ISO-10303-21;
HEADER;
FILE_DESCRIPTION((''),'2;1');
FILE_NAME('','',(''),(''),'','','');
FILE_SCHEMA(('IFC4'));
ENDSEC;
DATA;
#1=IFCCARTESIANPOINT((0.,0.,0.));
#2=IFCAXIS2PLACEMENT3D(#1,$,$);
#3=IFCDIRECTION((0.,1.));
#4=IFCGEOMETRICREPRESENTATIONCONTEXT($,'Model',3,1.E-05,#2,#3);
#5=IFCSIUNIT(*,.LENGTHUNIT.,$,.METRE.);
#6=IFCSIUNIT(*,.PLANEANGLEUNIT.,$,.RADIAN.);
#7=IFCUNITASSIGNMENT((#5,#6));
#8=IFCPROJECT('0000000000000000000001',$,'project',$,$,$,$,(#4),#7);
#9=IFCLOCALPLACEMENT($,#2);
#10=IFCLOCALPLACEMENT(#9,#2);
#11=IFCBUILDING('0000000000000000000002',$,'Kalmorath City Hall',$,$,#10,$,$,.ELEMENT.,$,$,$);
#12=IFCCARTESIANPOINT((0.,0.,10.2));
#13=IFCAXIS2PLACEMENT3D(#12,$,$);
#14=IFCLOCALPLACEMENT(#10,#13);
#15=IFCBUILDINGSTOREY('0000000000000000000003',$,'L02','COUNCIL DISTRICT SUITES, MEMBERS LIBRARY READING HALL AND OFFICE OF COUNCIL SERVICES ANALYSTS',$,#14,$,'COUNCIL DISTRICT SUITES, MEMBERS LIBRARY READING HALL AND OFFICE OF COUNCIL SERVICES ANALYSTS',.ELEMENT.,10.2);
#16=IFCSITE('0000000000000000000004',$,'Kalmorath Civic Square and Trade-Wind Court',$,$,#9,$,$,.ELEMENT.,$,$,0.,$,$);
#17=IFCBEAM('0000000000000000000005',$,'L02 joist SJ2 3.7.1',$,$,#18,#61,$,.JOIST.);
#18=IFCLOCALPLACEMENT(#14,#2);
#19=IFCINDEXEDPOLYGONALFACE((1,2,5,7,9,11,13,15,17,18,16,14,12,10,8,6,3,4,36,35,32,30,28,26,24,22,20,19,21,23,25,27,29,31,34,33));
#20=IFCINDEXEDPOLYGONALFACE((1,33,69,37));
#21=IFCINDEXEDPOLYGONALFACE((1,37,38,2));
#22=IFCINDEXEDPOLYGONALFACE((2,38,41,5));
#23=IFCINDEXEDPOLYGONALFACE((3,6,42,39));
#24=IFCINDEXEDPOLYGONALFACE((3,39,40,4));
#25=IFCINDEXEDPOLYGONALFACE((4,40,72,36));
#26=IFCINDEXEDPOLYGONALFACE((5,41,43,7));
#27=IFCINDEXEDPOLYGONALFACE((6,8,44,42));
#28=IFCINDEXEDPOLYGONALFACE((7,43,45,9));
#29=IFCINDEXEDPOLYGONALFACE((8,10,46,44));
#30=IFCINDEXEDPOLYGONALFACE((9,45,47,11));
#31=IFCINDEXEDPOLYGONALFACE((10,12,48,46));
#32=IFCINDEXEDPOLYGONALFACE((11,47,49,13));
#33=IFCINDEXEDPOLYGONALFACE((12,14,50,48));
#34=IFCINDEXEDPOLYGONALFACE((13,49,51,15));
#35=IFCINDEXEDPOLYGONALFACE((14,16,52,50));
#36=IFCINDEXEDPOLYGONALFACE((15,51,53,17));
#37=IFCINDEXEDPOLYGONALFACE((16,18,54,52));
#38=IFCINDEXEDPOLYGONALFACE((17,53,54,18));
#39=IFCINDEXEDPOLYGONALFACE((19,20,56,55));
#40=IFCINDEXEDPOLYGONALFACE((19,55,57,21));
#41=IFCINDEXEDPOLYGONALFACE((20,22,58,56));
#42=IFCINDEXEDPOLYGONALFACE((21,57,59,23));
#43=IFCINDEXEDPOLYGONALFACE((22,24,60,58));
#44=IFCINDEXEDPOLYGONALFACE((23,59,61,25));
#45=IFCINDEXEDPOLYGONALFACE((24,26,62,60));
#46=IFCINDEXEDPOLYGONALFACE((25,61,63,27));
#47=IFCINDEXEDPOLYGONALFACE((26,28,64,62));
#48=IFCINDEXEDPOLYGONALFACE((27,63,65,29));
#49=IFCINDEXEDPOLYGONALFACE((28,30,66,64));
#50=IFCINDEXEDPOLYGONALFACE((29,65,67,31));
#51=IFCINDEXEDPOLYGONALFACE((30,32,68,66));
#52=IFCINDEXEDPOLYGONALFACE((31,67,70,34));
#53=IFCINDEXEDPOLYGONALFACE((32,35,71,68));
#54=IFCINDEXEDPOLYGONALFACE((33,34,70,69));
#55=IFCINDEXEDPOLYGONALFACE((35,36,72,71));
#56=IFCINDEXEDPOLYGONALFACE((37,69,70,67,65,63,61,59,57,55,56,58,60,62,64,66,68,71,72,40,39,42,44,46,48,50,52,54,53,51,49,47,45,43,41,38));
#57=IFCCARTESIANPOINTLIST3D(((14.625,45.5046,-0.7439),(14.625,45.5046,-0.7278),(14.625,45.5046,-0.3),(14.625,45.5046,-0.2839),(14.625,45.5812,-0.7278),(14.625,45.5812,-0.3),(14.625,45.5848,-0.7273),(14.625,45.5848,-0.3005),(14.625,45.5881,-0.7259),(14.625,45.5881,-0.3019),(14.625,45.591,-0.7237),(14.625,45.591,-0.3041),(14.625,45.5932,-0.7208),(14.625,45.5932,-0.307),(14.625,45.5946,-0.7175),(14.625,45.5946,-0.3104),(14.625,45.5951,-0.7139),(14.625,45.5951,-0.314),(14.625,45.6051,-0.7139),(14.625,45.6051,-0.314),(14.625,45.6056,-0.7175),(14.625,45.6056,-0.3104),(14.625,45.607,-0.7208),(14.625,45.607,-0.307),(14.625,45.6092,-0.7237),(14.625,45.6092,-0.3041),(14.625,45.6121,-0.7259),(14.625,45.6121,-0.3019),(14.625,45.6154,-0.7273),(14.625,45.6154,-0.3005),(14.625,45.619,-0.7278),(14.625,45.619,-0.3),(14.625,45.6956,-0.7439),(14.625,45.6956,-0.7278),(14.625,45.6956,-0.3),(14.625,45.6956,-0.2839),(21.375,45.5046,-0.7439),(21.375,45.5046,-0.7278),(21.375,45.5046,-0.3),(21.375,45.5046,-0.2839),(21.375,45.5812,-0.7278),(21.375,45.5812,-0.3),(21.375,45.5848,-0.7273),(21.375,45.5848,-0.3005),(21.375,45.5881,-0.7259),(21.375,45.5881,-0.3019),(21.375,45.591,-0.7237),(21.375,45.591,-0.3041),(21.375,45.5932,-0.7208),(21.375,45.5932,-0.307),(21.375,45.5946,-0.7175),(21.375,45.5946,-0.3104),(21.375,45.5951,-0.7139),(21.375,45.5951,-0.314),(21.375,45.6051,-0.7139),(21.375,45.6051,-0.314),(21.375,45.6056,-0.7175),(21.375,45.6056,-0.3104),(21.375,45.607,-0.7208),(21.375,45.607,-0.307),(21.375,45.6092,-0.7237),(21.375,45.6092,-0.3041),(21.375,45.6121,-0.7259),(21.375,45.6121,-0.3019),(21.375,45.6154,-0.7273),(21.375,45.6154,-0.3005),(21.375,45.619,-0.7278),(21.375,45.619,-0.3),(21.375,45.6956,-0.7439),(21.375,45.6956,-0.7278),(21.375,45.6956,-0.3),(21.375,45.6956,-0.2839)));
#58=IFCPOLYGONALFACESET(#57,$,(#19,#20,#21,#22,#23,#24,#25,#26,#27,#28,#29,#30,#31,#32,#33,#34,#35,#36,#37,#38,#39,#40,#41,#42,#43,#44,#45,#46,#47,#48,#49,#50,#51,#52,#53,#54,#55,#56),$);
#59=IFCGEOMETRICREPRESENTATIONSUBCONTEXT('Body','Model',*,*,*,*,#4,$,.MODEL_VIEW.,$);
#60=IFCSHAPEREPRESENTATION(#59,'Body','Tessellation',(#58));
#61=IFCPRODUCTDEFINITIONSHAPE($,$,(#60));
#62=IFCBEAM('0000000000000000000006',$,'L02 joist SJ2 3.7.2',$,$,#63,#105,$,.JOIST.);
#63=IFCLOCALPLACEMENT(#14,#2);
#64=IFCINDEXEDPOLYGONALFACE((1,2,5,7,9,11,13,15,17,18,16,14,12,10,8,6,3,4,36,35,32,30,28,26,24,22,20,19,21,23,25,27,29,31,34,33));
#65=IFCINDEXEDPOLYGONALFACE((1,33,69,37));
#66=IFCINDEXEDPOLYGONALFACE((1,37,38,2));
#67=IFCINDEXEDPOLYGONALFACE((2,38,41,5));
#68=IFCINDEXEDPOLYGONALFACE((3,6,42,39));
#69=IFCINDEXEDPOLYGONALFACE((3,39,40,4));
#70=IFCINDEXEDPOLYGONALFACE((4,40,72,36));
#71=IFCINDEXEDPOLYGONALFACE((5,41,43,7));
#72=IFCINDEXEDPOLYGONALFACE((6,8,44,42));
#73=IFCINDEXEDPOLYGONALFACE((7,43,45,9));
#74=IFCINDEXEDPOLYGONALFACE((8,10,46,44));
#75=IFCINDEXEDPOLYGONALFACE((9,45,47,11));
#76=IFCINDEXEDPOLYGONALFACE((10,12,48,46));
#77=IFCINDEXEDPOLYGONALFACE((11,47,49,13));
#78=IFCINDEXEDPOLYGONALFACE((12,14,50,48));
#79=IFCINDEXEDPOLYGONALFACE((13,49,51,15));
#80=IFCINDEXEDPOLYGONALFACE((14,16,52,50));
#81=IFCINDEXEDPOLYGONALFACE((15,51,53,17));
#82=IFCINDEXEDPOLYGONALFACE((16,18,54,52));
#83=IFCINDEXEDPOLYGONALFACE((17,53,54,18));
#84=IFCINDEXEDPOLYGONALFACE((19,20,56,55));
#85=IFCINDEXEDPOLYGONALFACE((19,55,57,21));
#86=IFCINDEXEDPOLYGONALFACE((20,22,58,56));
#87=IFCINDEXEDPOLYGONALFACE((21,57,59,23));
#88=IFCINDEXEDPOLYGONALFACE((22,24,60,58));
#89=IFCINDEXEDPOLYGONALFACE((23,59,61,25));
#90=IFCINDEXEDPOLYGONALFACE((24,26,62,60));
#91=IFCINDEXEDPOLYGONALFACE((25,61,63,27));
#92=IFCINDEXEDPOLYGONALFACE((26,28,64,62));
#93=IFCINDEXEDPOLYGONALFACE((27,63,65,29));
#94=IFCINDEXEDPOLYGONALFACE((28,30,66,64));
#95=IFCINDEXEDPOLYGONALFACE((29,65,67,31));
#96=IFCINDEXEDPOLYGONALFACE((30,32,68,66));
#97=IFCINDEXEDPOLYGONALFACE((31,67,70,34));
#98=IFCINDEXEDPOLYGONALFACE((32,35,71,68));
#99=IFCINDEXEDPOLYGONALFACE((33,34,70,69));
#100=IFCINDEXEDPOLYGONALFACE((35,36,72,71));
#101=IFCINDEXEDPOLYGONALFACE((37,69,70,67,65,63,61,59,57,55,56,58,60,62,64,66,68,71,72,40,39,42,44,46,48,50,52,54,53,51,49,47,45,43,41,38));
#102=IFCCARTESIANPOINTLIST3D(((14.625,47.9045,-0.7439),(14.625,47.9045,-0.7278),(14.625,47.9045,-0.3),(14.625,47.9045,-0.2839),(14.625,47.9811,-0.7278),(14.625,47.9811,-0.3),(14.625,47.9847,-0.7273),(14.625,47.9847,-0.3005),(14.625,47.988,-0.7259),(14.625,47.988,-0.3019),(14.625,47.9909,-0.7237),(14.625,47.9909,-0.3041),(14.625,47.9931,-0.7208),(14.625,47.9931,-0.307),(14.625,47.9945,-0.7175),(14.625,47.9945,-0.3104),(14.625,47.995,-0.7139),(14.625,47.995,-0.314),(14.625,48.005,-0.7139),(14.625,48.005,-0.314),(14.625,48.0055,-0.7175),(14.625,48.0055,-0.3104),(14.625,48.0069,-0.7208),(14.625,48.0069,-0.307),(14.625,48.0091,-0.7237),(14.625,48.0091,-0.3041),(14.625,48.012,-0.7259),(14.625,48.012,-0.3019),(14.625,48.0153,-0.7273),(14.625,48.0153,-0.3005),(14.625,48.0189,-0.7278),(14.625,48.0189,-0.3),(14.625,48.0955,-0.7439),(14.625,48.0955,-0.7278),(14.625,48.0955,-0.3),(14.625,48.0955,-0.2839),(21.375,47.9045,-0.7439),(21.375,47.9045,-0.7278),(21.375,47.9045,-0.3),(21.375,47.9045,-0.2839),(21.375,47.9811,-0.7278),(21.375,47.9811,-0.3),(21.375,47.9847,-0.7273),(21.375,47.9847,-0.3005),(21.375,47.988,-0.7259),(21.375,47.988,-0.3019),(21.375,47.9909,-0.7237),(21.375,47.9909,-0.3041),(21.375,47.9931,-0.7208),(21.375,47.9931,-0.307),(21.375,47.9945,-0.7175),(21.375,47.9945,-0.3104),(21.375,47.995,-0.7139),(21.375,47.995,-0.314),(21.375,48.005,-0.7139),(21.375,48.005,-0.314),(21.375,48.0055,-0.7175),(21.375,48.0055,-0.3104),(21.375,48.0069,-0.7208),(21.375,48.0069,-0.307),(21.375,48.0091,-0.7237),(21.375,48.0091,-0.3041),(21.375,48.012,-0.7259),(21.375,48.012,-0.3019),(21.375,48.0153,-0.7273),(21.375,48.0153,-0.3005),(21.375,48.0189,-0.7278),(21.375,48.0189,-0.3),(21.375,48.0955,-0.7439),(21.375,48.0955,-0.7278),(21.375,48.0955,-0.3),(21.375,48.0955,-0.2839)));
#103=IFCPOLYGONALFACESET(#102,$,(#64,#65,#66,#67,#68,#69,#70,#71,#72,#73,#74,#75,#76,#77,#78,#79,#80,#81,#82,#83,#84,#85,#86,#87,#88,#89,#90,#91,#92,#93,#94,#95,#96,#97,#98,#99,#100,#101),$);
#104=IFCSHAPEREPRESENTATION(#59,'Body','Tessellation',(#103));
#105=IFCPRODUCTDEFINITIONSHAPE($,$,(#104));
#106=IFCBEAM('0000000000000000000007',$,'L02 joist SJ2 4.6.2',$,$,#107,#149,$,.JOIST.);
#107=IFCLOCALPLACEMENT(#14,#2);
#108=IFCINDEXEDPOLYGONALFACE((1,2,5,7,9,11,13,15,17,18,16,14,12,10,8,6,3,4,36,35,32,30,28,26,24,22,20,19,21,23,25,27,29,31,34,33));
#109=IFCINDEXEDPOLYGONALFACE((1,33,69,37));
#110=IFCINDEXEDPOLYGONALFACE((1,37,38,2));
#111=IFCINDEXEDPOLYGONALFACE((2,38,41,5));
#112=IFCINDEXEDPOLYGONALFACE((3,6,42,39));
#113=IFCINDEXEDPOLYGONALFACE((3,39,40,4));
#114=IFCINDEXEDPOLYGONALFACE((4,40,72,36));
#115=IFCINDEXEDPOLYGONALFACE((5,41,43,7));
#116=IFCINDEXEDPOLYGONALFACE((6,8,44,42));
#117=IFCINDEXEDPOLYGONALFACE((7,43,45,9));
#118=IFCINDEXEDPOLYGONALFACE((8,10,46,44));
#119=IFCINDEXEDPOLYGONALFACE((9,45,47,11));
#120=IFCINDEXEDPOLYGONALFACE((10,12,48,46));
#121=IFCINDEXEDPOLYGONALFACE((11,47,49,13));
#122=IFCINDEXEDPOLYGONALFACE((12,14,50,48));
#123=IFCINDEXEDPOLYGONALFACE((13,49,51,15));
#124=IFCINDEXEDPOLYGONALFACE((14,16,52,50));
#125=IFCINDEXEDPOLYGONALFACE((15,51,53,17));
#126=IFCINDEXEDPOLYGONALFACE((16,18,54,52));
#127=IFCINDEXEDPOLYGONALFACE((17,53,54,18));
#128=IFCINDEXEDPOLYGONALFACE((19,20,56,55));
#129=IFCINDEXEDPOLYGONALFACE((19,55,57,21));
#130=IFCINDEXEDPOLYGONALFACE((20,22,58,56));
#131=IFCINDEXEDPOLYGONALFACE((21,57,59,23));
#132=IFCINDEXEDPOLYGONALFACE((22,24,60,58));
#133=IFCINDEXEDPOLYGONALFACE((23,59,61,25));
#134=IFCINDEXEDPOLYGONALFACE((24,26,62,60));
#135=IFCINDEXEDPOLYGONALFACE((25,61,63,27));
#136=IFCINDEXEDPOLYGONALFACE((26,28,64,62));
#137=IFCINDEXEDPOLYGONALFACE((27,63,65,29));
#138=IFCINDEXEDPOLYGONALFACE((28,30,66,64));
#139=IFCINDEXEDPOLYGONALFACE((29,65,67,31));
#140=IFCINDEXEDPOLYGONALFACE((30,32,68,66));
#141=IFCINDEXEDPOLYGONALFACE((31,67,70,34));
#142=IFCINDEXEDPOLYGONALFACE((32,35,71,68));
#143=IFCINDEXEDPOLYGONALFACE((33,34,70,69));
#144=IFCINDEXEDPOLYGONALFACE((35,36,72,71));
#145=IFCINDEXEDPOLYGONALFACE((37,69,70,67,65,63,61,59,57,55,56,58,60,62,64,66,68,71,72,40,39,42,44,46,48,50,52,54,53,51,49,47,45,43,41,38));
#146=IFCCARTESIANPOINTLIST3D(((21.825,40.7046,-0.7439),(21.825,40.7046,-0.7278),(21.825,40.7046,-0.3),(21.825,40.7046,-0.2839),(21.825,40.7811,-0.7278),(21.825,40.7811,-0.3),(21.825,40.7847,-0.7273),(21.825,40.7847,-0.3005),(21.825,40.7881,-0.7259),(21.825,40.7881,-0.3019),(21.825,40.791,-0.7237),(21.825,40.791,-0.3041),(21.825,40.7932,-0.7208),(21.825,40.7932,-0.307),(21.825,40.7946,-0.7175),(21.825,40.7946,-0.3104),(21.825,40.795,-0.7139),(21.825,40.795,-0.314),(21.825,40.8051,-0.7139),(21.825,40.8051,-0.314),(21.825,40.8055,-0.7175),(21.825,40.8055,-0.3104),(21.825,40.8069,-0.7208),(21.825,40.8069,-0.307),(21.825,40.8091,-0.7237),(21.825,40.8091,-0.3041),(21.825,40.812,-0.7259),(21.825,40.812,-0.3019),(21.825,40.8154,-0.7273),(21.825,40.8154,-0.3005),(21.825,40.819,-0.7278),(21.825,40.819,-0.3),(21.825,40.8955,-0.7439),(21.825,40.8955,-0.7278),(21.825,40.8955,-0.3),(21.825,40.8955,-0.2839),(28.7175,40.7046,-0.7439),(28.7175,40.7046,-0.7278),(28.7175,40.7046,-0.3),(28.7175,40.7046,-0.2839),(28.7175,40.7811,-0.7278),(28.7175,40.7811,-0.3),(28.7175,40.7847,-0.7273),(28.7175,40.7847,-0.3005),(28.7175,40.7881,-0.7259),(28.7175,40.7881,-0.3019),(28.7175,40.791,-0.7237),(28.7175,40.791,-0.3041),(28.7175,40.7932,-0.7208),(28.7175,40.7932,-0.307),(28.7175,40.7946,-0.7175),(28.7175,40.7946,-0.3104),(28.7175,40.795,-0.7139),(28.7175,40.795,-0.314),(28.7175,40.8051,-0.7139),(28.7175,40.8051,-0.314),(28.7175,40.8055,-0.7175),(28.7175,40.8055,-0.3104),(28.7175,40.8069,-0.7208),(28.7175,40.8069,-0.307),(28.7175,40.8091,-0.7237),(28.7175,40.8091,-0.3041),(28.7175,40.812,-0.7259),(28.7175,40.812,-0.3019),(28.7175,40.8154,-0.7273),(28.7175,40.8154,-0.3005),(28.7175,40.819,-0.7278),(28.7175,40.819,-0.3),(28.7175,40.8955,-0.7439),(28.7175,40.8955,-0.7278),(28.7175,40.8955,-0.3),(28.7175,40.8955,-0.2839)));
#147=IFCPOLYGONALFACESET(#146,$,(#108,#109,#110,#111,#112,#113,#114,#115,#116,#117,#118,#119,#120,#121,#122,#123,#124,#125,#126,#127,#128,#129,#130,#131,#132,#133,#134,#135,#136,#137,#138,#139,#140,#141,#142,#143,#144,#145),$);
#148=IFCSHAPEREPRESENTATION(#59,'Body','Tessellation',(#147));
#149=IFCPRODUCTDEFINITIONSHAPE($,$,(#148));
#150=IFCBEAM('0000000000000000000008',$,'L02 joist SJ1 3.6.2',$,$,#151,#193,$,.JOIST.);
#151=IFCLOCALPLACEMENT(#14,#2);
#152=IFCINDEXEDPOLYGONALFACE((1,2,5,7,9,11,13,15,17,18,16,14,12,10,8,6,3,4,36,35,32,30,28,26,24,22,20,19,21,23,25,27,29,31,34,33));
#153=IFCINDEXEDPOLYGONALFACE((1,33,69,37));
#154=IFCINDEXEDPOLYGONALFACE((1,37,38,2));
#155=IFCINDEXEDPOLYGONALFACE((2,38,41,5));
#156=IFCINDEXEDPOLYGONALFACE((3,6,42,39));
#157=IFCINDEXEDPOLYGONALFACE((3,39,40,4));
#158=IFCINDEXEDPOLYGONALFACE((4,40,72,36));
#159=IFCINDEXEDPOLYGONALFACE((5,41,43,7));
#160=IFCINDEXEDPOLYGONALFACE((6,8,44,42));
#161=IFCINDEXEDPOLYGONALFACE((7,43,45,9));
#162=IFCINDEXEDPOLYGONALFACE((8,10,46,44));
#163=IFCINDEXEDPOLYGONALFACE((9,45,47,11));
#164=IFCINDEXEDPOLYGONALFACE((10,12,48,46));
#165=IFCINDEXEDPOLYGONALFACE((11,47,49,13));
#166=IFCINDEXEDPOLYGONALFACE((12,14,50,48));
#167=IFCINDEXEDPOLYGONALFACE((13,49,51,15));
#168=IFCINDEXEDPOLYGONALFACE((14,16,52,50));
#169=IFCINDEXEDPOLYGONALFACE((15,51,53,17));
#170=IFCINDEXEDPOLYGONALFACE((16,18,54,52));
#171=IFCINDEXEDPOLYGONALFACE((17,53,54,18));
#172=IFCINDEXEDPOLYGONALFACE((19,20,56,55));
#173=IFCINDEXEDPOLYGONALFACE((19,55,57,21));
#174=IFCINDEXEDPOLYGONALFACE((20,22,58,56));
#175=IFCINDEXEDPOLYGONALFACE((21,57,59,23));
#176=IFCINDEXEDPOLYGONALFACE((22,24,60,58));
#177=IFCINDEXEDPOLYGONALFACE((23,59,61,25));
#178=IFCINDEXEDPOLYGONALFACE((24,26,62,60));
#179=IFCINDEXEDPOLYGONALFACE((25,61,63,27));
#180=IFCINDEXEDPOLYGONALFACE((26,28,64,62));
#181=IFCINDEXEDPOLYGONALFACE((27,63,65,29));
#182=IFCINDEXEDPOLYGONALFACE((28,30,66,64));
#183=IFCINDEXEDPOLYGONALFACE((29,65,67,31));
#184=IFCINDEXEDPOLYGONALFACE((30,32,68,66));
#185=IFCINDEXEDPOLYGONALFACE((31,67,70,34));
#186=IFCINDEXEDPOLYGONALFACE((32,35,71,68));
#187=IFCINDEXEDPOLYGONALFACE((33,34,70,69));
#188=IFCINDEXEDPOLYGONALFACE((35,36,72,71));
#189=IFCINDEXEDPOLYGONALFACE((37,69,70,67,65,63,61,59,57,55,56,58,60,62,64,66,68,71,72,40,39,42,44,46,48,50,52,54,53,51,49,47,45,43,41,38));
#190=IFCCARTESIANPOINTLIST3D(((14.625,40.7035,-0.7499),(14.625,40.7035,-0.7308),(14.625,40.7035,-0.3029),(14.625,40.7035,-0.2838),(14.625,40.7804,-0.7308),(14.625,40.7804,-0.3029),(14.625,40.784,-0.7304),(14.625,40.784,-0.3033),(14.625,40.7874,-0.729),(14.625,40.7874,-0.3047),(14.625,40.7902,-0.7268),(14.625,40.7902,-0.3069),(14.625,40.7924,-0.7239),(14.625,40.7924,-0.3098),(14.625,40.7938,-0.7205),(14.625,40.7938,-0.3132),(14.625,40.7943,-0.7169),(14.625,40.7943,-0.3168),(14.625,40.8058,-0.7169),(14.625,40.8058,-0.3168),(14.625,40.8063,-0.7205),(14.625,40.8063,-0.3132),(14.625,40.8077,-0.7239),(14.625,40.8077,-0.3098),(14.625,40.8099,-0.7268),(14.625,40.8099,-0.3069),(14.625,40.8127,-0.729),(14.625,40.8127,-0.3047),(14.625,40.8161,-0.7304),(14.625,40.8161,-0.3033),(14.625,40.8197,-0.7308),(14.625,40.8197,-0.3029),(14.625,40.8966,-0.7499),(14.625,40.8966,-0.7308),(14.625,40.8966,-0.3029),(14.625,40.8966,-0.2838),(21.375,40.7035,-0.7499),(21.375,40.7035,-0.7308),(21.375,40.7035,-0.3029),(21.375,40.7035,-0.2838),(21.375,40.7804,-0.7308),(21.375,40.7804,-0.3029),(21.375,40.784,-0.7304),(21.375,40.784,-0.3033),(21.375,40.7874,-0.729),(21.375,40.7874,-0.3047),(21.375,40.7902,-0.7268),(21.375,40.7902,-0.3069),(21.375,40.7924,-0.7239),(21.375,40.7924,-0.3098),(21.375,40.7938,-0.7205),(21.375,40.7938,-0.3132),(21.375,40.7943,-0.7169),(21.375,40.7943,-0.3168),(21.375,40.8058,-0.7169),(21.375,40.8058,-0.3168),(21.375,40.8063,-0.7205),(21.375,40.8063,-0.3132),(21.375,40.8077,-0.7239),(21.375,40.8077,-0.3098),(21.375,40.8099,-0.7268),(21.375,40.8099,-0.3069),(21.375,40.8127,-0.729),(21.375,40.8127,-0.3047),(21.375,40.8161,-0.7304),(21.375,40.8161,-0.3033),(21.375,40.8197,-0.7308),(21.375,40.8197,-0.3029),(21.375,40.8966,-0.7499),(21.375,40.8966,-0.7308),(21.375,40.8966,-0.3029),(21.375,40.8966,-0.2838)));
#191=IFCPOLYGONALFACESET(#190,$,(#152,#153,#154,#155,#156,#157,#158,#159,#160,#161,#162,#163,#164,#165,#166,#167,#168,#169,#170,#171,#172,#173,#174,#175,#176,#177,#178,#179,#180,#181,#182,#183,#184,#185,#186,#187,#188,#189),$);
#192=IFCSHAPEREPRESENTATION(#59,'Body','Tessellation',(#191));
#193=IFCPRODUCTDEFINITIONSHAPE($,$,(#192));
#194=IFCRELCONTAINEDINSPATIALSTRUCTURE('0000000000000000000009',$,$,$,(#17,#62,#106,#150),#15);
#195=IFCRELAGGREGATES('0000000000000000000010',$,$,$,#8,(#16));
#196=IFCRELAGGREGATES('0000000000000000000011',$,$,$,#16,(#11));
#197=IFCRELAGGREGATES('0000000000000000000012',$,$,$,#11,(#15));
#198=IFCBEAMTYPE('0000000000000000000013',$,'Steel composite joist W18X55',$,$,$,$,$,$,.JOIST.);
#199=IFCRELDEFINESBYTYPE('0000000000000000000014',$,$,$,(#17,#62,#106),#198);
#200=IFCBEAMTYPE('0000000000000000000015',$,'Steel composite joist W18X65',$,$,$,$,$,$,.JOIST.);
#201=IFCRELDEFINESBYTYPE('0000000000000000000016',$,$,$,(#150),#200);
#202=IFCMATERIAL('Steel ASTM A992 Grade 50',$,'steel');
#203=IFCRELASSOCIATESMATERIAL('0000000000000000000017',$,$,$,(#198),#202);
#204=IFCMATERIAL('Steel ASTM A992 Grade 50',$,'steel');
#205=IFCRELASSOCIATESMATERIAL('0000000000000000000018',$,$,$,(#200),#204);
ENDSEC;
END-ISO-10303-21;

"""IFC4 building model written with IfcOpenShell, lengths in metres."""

from ifc_helpers import new_model, si_unit, direction, frame, origin, origin_2d, place, context, subcontext, project, spatial, i_section, extrude, material, material_profile, profile_set, type_object, element, save


model = new_model("IFC4")

# Units and contexts
model_context = context("Model", 3, precision=1e-05, world=origin(), true_north=direction((0.0, 1.0)))
body_context = subcontext(model_context, "Body", "Model", "MODEL_VIEW")
ifc_project = project(units=[si_unit("LENGTHUNIT", "METRE"), si_unit("PLANEANGLEUNIT", "RADIAN")], contexts=[model_context])

# Site, building, storey
site_placement = place(None, origin())
site = spatial("IfcSite", under=ifc_project, at=site_placement, Name="Kalmorath Civic Square and Trade-Wind Court", CompositionType="ELEMENT", RefElevation=0.0)
building_placement = place(site_placement, origin())
building = spatial("IfcBuilding", under=site, at=building_placement, Name="Kalmorath City Hall", CompositionType="ELEMENT")
storey_placement = place(building_placement, frame((0.0, 0.0, 10.2)))
storey = spatial("IfcBuildingStorey", under=building, at=storey_placement, Name="L02", Description="COUNCIL DISTRICT SUITES, MEMBERS LIBRARY READING HALL AND OFFICE OF COUNCIL SERVICES ANALYSTS", LongName="COUNCIL DISTRICT SUITES, MEMBERS LIBRARY READING HALL AND OFFICE OF COUNCIL SERVICES ANALYSTS", CompositionType="ELEMENT", Elevation=10.2)

# Beams
ifc_material_1 = material(Name="Steel ASTM A992 Grade 50", Category="steel")
ifc_material_profile_1 = material_profile(ifc_material_1, i_section(OverallWidth=0.1909, OverallDepth=0.46, WebThickness=0.01, FlangeThickness=0.0161, FilletRadius=0.0139, at=origin_2d()), Name="W18X55")
ifc_profile_set_1 = profile_set([ifc_material_profile_1], Name="Steel ASTM A992 Grade 50")
beam_type_1 = type_object("IfcBeamType", Name="Steel composite joist W18X55", PredefinedType="JOIST", material=ifc_profile_set_1)
for number, where, z_axis, x_axis, name in (
    (1, (14.625, 45.6001, -0.5139), (1.0, 0.0, 0.0), (0.0, 1.0, 0.0), "L02 joist SJ2 3.7.1"),
    (2, (14.625, 48.0, -0.5139), (1.0, 0.0, 0.0), (0.0, 1.0, 0.0), "L02 joist SJ2 3.7.2"),
):
    element("IfcBeam", number, at=place(storey_placement, frame(where, z_axis=z_axis, x_axis=x_axis)), inside=storey, type_object=beam_type_1, Name=name, PredefinedType="JOIST", context=body_context, shape_type="SweptSolid", body=[
        extrude(i_section(OverallWidth=0.1909, OverallDepth=0.46, WebThickness=0.01, FlangeThickness=0.0161, FilletRadius=0.0139, at=origin_2d()), origin(), (0.0, 0.0, 1.0), 6.75),
    ])
beam_1_placement = place(storey_placement, frame((21.825, 40.8, -0.5139), z_axis=(1.0, 0.0, 0.0), x_axis=(0.0, 1.0, 0.0)))
element("IfcBeam", 3, at=beam_1_placement, inside=storey, type_object=beam_type_1, Name="L02 joist SJ2 4.6.2", PredefinedType="JOIST", context=body_context, shape_type="SweptSolid", body=[
    extrude(i_section(OverallWidth=0.1909, OverallDepth=0.46, WebThickness=0.01, FlangeThickness=0.0161, FilletRadius=0.0139, at=origin_2d()), origin(), (0.0, 0.0, 1.0), 6.8926),
])
ifc_material_2 = material(Name="Steel ASTM A992 Grade 50", Category="steel")
ifc_material_profile_2 = material_profile(ifc_material_2, i_section(OverallWidth=0.1931, OverallDepth=0.4661, WebThickness=0.0115, FlangeThickness=0.019, FilletRadius=0.0139, at=origin_2d()), Name="W18X65")
ifc_profile_set_2 = profile_set([ifc_material_profile_2], Name="Steel ASTM A992 Grade 50")
beam_type_2 = type_object("IfcBeamType", Name="Steel composite joist W18X65", PredefinedType="JOIST", material=ifc_profile_set_2)
beam_2_placement = place(storey_placement, frame((14.625, 40.8, -0.5168), z_axis=(1.0, 0.0, 0.0), x_axis=(0.0, 1.0, 0.0)))
element("IfcBeam", 4, at=beam_2_placement, inside=storey, type_object=beam_type_2, Name="L02 joist SJ1 3.6.2", PredefinedType="JOIST", context=body_context, shape_type="SweptSolid", body=[
    extrude(i_section(OverallWidth=0.1931, OverallDepth=0.4661, WebThickness=0.0115, FlangeThickness=0.019, FilletRadius=0.0139, at=origin_2d()), origin(), (0.0, 0.0, 1.0), 6.75),
])

save(model, "model.ifc")
